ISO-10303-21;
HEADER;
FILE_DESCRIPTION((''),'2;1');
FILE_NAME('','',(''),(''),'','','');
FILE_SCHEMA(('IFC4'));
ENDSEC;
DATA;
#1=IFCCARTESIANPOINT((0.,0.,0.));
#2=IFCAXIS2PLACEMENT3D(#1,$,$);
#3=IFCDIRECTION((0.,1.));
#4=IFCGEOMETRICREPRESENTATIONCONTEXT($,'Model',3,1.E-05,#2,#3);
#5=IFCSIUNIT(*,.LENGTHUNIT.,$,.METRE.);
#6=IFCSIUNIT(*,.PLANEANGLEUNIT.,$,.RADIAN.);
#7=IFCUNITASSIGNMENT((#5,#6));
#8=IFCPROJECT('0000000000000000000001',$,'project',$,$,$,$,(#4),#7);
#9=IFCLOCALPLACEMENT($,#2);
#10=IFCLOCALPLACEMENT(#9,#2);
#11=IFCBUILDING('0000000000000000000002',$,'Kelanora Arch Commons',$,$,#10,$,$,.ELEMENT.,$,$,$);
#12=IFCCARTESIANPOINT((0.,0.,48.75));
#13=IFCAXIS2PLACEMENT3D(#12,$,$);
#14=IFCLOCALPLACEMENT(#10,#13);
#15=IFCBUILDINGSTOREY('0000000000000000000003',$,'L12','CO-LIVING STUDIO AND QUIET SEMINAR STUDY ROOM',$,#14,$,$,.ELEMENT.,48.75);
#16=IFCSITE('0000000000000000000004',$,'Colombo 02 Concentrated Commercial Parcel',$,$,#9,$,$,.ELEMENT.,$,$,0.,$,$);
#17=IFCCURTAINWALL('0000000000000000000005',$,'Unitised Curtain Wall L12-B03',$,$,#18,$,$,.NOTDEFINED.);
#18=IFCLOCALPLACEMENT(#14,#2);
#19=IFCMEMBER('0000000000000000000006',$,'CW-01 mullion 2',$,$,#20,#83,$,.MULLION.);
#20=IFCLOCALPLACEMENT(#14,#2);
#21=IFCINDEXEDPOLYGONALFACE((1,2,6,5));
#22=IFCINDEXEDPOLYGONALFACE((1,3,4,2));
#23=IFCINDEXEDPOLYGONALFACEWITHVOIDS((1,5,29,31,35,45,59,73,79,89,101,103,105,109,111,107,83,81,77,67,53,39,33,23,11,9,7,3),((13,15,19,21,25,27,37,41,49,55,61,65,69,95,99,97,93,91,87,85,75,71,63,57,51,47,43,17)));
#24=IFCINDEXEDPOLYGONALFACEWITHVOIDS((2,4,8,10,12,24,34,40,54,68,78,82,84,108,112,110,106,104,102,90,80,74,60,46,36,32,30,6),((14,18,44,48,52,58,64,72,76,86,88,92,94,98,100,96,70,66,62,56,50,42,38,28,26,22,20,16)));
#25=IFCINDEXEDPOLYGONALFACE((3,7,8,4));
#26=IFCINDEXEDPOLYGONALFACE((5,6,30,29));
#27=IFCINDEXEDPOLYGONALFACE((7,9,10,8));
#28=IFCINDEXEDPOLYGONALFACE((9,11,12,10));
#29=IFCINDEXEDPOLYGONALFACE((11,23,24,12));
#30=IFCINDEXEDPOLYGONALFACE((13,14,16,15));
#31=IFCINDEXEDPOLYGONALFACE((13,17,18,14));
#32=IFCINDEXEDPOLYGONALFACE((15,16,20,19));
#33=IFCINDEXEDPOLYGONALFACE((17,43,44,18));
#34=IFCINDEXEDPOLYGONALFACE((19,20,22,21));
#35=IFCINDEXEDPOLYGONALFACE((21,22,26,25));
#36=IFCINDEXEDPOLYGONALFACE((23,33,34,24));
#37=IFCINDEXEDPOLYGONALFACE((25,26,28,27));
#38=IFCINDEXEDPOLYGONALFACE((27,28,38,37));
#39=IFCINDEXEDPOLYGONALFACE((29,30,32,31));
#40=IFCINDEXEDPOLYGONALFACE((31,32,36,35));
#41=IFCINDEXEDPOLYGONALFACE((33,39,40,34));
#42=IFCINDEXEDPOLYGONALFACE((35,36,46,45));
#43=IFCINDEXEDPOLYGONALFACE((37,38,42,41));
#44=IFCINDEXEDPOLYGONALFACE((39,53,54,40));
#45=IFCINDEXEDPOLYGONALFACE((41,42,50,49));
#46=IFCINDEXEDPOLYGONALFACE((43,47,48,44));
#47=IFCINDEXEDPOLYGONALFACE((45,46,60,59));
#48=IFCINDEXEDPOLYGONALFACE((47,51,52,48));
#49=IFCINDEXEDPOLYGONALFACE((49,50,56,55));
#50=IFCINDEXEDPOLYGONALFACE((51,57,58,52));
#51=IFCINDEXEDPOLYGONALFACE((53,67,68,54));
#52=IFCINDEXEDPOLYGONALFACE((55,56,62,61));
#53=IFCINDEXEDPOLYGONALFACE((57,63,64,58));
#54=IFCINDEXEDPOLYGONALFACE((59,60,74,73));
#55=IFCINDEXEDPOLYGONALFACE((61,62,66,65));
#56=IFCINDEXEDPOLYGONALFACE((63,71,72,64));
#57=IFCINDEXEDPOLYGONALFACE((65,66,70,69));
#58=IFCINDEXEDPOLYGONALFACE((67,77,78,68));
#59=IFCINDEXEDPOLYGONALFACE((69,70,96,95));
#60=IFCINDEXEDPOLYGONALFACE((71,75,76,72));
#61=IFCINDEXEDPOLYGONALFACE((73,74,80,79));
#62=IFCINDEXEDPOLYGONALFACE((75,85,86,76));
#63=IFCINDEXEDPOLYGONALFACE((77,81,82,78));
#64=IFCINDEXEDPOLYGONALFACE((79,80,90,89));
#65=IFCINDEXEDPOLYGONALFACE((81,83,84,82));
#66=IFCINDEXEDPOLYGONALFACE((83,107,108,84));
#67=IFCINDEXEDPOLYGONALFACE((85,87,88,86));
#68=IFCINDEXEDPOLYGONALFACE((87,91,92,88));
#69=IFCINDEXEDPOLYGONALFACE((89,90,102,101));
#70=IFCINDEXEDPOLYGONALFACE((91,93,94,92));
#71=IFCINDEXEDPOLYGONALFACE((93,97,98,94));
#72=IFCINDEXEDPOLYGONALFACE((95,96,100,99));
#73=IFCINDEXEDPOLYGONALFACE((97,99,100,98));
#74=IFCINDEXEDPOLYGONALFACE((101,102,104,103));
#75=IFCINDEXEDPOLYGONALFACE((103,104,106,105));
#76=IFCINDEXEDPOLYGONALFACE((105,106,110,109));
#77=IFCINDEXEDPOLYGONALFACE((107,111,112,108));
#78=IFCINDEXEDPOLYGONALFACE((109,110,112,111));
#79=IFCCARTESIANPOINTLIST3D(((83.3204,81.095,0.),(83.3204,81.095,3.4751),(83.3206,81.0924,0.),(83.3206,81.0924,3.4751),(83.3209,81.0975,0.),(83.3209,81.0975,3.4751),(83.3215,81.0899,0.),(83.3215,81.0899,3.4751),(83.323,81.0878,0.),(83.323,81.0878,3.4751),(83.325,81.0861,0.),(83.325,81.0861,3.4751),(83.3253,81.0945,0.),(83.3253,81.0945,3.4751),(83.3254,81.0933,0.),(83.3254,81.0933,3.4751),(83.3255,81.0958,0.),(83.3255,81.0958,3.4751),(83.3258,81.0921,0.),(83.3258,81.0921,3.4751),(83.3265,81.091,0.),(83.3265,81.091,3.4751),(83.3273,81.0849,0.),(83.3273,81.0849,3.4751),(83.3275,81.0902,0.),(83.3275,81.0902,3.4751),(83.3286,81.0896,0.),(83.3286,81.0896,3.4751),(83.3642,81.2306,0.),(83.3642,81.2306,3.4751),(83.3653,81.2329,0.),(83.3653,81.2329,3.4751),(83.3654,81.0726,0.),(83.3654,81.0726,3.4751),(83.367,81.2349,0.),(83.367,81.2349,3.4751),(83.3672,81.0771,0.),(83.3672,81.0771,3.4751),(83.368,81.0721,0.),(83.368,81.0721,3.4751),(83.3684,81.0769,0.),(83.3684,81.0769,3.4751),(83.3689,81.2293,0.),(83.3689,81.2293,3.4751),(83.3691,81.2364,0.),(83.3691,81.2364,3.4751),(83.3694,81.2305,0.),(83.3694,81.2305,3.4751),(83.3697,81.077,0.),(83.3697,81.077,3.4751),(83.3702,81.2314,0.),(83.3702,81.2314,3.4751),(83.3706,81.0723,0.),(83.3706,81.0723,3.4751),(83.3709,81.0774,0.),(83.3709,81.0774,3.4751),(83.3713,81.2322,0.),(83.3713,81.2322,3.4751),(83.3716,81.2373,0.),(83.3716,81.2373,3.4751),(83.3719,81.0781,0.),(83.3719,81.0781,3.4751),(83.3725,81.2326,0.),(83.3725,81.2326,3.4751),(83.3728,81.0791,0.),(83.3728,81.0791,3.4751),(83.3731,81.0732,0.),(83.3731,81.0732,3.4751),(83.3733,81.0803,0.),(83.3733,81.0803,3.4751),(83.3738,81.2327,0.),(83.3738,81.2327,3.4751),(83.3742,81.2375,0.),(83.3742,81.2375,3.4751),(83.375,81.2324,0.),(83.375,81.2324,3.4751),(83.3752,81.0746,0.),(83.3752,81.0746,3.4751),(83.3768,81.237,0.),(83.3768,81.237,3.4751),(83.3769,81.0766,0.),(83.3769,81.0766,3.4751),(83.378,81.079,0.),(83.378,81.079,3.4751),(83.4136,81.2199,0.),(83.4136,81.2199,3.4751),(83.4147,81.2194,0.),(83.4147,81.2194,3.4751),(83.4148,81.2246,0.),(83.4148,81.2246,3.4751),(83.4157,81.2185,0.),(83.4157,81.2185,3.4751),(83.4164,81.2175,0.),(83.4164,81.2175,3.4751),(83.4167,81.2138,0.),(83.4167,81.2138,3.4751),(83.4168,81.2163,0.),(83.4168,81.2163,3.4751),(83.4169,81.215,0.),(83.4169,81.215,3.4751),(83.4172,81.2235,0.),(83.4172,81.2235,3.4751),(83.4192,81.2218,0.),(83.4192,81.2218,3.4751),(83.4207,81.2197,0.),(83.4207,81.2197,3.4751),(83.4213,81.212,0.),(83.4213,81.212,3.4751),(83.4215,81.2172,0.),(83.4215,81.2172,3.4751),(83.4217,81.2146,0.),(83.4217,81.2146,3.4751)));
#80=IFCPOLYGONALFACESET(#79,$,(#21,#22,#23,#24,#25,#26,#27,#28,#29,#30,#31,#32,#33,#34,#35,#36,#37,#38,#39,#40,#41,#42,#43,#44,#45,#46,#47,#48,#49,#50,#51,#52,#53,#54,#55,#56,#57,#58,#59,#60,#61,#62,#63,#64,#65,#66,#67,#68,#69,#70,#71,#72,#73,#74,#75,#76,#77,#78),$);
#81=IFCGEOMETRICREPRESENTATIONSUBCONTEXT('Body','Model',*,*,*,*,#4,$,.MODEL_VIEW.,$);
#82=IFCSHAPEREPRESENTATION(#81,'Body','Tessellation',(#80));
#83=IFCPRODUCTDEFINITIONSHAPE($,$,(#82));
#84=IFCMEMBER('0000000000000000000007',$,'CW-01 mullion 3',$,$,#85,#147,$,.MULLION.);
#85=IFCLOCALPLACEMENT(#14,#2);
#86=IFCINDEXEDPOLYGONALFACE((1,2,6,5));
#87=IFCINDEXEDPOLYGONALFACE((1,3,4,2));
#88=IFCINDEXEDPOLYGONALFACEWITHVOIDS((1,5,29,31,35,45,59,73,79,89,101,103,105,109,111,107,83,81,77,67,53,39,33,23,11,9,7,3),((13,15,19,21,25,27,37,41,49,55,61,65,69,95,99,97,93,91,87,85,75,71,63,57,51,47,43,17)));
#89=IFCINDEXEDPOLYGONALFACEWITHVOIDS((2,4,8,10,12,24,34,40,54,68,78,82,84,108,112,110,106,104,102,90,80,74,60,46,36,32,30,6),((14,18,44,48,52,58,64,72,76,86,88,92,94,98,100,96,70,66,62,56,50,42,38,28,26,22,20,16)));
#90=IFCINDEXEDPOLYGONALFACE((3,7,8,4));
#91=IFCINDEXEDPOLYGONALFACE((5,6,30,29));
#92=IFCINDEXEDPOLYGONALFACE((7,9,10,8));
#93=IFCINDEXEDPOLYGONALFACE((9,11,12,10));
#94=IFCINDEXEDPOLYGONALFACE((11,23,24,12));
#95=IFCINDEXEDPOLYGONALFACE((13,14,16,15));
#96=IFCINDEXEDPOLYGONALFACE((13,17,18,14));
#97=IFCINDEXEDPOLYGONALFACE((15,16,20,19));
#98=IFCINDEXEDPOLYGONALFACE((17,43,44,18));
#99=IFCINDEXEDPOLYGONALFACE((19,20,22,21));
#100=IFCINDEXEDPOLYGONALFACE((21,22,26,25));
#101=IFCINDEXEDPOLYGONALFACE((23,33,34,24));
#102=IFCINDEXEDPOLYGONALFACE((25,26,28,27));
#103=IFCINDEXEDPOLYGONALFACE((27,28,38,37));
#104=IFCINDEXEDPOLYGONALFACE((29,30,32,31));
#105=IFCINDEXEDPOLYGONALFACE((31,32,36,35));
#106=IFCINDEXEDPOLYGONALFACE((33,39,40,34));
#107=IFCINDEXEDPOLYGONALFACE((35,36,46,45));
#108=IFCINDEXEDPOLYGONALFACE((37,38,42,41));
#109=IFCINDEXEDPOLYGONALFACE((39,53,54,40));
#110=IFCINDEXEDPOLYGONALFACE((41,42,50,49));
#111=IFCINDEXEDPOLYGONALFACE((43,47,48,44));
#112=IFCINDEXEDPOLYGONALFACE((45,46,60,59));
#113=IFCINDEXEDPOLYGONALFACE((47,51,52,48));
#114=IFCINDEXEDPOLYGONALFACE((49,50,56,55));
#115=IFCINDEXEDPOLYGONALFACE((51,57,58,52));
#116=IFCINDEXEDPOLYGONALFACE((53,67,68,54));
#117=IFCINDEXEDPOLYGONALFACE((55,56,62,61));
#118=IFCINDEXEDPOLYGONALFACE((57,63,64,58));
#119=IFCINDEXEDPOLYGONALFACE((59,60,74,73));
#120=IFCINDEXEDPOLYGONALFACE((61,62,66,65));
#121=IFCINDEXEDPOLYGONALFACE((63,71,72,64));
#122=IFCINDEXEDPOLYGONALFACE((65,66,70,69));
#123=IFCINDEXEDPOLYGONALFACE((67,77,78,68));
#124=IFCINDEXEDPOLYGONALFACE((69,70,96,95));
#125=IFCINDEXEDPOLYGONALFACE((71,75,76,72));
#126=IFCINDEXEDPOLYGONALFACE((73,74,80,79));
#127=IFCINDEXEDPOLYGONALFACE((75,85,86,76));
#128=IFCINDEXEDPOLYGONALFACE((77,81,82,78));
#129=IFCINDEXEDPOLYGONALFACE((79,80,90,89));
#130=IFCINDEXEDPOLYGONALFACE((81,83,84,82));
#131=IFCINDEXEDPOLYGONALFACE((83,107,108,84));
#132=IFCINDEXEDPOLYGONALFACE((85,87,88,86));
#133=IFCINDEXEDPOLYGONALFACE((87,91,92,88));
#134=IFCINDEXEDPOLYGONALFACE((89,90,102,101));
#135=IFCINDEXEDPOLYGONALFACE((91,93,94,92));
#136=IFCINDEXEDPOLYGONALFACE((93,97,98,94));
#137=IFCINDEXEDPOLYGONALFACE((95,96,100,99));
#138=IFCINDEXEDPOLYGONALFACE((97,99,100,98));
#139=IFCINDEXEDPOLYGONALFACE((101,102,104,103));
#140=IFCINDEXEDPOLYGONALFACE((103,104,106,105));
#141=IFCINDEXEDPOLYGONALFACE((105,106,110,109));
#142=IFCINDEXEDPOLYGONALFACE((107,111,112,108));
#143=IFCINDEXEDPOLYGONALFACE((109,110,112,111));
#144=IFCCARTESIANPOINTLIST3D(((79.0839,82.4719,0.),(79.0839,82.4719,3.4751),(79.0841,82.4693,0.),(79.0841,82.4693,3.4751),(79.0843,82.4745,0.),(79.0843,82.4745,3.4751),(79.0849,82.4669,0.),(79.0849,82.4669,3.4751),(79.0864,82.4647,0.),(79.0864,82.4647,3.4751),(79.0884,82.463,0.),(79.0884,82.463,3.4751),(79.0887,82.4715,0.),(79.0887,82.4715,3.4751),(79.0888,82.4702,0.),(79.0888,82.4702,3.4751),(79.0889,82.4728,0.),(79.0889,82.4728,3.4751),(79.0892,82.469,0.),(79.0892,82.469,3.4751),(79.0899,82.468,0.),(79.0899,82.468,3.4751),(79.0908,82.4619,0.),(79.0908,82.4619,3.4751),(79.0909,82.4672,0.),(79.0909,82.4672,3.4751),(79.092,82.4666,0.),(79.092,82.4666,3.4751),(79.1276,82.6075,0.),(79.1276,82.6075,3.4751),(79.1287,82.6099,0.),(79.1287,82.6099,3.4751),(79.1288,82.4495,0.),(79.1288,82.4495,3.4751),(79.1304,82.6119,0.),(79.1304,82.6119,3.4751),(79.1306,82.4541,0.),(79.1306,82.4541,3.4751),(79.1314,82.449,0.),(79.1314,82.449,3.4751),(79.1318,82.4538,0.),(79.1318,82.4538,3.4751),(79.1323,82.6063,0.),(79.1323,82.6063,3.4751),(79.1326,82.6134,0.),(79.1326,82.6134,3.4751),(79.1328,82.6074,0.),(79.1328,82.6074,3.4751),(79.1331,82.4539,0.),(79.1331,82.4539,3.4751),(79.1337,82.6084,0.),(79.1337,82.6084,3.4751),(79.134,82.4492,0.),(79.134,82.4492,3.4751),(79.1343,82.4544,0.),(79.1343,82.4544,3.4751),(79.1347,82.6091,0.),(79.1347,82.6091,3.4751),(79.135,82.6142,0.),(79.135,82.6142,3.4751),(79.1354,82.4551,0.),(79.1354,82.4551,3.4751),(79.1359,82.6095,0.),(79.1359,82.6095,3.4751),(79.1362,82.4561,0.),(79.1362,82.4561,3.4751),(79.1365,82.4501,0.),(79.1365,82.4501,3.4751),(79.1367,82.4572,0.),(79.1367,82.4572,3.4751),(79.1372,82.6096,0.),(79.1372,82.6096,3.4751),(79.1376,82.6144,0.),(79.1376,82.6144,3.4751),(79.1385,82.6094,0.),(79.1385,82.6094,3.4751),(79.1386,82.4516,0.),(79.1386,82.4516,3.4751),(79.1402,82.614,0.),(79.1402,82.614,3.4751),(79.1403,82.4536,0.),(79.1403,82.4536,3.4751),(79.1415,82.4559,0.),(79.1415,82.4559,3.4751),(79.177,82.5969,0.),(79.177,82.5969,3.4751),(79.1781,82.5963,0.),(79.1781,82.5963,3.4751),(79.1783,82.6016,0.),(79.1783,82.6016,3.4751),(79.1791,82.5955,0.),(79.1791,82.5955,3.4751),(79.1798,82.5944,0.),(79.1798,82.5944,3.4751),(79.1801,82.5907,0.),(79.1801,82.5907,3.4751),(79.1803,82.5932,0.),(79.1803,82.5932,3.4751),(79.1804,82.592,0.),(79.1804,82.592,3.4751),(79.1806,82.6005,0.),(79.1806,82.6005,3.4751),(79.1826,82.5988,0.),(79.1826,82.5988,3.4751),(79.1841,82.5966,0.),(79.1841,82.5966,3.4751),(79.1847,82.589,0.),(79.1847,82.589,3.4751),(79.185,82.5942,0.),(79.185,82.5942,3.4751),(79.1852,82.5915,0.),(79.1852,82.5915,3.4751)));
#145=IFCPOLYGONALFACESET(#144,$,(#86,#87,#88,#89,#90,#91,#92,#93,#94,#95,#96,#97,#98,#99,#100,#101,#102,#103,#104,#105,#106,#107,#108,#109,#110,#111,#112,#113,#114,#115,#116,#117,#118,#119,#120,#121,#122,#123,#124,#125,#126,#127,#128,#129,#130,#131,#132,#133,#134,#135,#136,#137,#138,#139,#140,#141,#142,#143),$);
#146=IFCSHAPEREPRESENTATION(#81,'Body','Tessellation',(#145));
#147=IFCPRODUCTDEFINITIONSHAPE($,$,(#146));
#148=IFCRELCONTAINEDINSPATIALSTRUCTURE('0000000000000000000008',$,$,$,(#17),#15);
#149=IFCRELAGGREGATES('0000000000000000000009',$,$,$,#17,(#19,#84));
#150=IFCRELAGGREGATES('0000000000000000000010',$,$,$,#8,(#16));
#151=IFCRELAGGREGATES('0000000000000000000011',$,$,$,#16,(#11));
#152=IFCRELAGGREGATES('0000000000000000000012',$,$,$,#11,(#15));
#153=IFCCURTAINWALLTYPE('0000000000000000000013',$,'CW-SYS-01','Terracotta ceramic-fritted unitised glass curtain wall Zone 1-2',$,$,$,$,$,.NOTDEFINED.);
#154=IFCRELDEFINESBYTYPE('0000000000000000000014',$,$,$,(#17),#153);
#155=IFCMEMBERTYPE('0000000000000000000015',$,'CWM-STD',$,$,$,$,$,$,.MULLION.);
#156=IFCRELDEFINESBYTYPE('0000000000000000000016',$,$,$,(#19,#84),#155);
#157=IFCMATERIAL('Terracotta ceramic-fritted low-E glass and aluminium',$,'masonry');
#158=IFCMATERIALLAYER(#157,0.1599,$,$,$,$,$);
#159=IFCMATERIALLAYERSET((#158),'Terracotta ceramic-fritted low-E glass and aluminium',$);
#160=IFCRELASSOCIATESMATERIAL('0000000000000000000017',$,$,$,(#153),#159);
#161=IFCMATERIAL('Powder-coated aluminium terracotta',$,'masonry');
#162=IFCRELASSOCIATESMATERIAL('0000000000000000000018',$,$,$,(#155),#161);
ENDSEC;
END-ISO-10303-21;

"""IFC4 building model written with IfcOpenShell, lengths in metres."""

from ifc_helpers import new_model, si_unit, direction, frame, origin, origin_2d, place, context, subcontext, project, spatial, hollow_rectangle, extrude, material, layer, layer_set, material_profile, profile_set, type_object, element, aggregate, save


model = new_model("IFC4")

# Units and contexts
model_context = context("Model", 3, precision=1e-05, world=origin(), true_north=direction((0.0, 1.0)))
body_context = subcontext(model_context, "Body", "Model", "MODEL_VIEW")
ifc_project = project(units=[si_unit("LENGTHUNIT", "METRE"), si_unit("PLANEANGLEUNIT", "RADIAN")], contexts=[model_context])

# Site, building, storey
site_placement = place(None, origin())
site = spatial("IfcSite", under=ifc_project, at=site_placement, Name="Colombo 02 Concentrated Commercial Parcel", CompositionType="ELEMENT", RefElevation=0.0)
building_placement = place(site_placement, origin())
building = spatial("IfcBuilding", under=site, at=building_placement, Name="Kelanora Arch Commons", CompositionType="ELEMENT")
storey_placement = place(building_placement, frame((0.0, 0.0, 48.75)))
storey = spatial("IfcBuildingStorey", under=building, at=storey_placement, Name="L12", Description="CO-LIVING STUDIO AND QUIET SEMINAR STUDY ROOM", CompositionType="ELEMENT", Elevation=48.75)

# Curtain wall, members
ifc_material_1 = material(Name="Terracotta ceramic-fritted low-E glass and aluminium", Category="masonry")
ifc_layer_1 = layer(ifc_material_1, 0.1599)
ifc_layer_set_1 = layer_set([ifc_layer_1], Name="Terracotta ceramic-fritted low-E glass and aluminium")
curtain_wall_type = type_object("IfcCurtainWallType", Name="CW-SYS-01", Description="Terracotta ceramic-fritted unitised glass curtain wall Zone 1-2", PredefinedType="NOTDEFINED", material=ifc_layer_set_1)
curtain_wall_placement = place(storey_placement, origin())
curtain_wall = element("IfcCurtainWall", 1, at=curtain_wall_placement, inside=storey, type_object=curtain_wall_type, Name="Unitised Curtain Wall L12-B03", PredefinedType="NOTDEFINED")
ifc_material_2 = material(Name="Powder-coated aluminium terracotta", Category="masonry")
ifc_material_profile_1 = material_profile(ifc_material_2, hollow_rectangle(XDim=0.1599, YDim=0.0601, WallThickness=0.0049, InnerFilletRadius=0.0049, OuterFilletRadius=0.01, at=origin_2d()), Name="CWM160x60")
ifc_profile_set_1 = profile_set([ifc_material_profile_1], Name="Powder-coated aluminium terracotta")
member_type_1 = type_object("IfcMemberType", Name="CWM-STD", PredefinedType="MULLION", material=ifc_profile_set_1)
member_1_placement = place(storey_placement, frame((83.3711, 81.1548, 0.0), z_axis=(0.0, 0.0, 1.0), x_axis=(-0.309058, -0.951043, 0.0)))
member_1 = element("IfcMember", 2, at=member_1_placement, type_object=member_type_1, Name="CW-01 mullion 2", PredefinedType="MULLION", context=body_context, shape_type="SweptSolid", body=[
    extrude(hollow_rectangle(XDim=0.1599, YDim=0.0601, WallThickness=0.0049, InnerFilletRadius=0.0049, OuterFilletRadius=0.01, at=origin_2d()), origin(), (0.0, 0.0, 1.0), 3.4751),
])
member_2_placement = place(storey_placement, frame((79.1345, 82.5317, 0.0), z_axis=(0.0, 0.0, 1.0), x_axis=(-0.309058, -0.951043, 0.0)))
member_2 = element("IfcMember", 3, at=member_2_placement, type_object=member_type_1, Name="CW-01 mullion 3", PredefinedType="MULLION", context=body_context, shape_type="SweptSolid", body=[
    extrude(hollow_rectangle(XDim=0.1599, YDim=0.0601, WallThickness=0.0049, InnerFilletRadius=0.0049, OuterFilletRadius=0.01, at=origin_2d()), origin(), (0.0, 0.0, 1.0), 3.4751),
])
aggregate(curtain_wall, [member_1, member_2])

save(model, "model.ifc")
